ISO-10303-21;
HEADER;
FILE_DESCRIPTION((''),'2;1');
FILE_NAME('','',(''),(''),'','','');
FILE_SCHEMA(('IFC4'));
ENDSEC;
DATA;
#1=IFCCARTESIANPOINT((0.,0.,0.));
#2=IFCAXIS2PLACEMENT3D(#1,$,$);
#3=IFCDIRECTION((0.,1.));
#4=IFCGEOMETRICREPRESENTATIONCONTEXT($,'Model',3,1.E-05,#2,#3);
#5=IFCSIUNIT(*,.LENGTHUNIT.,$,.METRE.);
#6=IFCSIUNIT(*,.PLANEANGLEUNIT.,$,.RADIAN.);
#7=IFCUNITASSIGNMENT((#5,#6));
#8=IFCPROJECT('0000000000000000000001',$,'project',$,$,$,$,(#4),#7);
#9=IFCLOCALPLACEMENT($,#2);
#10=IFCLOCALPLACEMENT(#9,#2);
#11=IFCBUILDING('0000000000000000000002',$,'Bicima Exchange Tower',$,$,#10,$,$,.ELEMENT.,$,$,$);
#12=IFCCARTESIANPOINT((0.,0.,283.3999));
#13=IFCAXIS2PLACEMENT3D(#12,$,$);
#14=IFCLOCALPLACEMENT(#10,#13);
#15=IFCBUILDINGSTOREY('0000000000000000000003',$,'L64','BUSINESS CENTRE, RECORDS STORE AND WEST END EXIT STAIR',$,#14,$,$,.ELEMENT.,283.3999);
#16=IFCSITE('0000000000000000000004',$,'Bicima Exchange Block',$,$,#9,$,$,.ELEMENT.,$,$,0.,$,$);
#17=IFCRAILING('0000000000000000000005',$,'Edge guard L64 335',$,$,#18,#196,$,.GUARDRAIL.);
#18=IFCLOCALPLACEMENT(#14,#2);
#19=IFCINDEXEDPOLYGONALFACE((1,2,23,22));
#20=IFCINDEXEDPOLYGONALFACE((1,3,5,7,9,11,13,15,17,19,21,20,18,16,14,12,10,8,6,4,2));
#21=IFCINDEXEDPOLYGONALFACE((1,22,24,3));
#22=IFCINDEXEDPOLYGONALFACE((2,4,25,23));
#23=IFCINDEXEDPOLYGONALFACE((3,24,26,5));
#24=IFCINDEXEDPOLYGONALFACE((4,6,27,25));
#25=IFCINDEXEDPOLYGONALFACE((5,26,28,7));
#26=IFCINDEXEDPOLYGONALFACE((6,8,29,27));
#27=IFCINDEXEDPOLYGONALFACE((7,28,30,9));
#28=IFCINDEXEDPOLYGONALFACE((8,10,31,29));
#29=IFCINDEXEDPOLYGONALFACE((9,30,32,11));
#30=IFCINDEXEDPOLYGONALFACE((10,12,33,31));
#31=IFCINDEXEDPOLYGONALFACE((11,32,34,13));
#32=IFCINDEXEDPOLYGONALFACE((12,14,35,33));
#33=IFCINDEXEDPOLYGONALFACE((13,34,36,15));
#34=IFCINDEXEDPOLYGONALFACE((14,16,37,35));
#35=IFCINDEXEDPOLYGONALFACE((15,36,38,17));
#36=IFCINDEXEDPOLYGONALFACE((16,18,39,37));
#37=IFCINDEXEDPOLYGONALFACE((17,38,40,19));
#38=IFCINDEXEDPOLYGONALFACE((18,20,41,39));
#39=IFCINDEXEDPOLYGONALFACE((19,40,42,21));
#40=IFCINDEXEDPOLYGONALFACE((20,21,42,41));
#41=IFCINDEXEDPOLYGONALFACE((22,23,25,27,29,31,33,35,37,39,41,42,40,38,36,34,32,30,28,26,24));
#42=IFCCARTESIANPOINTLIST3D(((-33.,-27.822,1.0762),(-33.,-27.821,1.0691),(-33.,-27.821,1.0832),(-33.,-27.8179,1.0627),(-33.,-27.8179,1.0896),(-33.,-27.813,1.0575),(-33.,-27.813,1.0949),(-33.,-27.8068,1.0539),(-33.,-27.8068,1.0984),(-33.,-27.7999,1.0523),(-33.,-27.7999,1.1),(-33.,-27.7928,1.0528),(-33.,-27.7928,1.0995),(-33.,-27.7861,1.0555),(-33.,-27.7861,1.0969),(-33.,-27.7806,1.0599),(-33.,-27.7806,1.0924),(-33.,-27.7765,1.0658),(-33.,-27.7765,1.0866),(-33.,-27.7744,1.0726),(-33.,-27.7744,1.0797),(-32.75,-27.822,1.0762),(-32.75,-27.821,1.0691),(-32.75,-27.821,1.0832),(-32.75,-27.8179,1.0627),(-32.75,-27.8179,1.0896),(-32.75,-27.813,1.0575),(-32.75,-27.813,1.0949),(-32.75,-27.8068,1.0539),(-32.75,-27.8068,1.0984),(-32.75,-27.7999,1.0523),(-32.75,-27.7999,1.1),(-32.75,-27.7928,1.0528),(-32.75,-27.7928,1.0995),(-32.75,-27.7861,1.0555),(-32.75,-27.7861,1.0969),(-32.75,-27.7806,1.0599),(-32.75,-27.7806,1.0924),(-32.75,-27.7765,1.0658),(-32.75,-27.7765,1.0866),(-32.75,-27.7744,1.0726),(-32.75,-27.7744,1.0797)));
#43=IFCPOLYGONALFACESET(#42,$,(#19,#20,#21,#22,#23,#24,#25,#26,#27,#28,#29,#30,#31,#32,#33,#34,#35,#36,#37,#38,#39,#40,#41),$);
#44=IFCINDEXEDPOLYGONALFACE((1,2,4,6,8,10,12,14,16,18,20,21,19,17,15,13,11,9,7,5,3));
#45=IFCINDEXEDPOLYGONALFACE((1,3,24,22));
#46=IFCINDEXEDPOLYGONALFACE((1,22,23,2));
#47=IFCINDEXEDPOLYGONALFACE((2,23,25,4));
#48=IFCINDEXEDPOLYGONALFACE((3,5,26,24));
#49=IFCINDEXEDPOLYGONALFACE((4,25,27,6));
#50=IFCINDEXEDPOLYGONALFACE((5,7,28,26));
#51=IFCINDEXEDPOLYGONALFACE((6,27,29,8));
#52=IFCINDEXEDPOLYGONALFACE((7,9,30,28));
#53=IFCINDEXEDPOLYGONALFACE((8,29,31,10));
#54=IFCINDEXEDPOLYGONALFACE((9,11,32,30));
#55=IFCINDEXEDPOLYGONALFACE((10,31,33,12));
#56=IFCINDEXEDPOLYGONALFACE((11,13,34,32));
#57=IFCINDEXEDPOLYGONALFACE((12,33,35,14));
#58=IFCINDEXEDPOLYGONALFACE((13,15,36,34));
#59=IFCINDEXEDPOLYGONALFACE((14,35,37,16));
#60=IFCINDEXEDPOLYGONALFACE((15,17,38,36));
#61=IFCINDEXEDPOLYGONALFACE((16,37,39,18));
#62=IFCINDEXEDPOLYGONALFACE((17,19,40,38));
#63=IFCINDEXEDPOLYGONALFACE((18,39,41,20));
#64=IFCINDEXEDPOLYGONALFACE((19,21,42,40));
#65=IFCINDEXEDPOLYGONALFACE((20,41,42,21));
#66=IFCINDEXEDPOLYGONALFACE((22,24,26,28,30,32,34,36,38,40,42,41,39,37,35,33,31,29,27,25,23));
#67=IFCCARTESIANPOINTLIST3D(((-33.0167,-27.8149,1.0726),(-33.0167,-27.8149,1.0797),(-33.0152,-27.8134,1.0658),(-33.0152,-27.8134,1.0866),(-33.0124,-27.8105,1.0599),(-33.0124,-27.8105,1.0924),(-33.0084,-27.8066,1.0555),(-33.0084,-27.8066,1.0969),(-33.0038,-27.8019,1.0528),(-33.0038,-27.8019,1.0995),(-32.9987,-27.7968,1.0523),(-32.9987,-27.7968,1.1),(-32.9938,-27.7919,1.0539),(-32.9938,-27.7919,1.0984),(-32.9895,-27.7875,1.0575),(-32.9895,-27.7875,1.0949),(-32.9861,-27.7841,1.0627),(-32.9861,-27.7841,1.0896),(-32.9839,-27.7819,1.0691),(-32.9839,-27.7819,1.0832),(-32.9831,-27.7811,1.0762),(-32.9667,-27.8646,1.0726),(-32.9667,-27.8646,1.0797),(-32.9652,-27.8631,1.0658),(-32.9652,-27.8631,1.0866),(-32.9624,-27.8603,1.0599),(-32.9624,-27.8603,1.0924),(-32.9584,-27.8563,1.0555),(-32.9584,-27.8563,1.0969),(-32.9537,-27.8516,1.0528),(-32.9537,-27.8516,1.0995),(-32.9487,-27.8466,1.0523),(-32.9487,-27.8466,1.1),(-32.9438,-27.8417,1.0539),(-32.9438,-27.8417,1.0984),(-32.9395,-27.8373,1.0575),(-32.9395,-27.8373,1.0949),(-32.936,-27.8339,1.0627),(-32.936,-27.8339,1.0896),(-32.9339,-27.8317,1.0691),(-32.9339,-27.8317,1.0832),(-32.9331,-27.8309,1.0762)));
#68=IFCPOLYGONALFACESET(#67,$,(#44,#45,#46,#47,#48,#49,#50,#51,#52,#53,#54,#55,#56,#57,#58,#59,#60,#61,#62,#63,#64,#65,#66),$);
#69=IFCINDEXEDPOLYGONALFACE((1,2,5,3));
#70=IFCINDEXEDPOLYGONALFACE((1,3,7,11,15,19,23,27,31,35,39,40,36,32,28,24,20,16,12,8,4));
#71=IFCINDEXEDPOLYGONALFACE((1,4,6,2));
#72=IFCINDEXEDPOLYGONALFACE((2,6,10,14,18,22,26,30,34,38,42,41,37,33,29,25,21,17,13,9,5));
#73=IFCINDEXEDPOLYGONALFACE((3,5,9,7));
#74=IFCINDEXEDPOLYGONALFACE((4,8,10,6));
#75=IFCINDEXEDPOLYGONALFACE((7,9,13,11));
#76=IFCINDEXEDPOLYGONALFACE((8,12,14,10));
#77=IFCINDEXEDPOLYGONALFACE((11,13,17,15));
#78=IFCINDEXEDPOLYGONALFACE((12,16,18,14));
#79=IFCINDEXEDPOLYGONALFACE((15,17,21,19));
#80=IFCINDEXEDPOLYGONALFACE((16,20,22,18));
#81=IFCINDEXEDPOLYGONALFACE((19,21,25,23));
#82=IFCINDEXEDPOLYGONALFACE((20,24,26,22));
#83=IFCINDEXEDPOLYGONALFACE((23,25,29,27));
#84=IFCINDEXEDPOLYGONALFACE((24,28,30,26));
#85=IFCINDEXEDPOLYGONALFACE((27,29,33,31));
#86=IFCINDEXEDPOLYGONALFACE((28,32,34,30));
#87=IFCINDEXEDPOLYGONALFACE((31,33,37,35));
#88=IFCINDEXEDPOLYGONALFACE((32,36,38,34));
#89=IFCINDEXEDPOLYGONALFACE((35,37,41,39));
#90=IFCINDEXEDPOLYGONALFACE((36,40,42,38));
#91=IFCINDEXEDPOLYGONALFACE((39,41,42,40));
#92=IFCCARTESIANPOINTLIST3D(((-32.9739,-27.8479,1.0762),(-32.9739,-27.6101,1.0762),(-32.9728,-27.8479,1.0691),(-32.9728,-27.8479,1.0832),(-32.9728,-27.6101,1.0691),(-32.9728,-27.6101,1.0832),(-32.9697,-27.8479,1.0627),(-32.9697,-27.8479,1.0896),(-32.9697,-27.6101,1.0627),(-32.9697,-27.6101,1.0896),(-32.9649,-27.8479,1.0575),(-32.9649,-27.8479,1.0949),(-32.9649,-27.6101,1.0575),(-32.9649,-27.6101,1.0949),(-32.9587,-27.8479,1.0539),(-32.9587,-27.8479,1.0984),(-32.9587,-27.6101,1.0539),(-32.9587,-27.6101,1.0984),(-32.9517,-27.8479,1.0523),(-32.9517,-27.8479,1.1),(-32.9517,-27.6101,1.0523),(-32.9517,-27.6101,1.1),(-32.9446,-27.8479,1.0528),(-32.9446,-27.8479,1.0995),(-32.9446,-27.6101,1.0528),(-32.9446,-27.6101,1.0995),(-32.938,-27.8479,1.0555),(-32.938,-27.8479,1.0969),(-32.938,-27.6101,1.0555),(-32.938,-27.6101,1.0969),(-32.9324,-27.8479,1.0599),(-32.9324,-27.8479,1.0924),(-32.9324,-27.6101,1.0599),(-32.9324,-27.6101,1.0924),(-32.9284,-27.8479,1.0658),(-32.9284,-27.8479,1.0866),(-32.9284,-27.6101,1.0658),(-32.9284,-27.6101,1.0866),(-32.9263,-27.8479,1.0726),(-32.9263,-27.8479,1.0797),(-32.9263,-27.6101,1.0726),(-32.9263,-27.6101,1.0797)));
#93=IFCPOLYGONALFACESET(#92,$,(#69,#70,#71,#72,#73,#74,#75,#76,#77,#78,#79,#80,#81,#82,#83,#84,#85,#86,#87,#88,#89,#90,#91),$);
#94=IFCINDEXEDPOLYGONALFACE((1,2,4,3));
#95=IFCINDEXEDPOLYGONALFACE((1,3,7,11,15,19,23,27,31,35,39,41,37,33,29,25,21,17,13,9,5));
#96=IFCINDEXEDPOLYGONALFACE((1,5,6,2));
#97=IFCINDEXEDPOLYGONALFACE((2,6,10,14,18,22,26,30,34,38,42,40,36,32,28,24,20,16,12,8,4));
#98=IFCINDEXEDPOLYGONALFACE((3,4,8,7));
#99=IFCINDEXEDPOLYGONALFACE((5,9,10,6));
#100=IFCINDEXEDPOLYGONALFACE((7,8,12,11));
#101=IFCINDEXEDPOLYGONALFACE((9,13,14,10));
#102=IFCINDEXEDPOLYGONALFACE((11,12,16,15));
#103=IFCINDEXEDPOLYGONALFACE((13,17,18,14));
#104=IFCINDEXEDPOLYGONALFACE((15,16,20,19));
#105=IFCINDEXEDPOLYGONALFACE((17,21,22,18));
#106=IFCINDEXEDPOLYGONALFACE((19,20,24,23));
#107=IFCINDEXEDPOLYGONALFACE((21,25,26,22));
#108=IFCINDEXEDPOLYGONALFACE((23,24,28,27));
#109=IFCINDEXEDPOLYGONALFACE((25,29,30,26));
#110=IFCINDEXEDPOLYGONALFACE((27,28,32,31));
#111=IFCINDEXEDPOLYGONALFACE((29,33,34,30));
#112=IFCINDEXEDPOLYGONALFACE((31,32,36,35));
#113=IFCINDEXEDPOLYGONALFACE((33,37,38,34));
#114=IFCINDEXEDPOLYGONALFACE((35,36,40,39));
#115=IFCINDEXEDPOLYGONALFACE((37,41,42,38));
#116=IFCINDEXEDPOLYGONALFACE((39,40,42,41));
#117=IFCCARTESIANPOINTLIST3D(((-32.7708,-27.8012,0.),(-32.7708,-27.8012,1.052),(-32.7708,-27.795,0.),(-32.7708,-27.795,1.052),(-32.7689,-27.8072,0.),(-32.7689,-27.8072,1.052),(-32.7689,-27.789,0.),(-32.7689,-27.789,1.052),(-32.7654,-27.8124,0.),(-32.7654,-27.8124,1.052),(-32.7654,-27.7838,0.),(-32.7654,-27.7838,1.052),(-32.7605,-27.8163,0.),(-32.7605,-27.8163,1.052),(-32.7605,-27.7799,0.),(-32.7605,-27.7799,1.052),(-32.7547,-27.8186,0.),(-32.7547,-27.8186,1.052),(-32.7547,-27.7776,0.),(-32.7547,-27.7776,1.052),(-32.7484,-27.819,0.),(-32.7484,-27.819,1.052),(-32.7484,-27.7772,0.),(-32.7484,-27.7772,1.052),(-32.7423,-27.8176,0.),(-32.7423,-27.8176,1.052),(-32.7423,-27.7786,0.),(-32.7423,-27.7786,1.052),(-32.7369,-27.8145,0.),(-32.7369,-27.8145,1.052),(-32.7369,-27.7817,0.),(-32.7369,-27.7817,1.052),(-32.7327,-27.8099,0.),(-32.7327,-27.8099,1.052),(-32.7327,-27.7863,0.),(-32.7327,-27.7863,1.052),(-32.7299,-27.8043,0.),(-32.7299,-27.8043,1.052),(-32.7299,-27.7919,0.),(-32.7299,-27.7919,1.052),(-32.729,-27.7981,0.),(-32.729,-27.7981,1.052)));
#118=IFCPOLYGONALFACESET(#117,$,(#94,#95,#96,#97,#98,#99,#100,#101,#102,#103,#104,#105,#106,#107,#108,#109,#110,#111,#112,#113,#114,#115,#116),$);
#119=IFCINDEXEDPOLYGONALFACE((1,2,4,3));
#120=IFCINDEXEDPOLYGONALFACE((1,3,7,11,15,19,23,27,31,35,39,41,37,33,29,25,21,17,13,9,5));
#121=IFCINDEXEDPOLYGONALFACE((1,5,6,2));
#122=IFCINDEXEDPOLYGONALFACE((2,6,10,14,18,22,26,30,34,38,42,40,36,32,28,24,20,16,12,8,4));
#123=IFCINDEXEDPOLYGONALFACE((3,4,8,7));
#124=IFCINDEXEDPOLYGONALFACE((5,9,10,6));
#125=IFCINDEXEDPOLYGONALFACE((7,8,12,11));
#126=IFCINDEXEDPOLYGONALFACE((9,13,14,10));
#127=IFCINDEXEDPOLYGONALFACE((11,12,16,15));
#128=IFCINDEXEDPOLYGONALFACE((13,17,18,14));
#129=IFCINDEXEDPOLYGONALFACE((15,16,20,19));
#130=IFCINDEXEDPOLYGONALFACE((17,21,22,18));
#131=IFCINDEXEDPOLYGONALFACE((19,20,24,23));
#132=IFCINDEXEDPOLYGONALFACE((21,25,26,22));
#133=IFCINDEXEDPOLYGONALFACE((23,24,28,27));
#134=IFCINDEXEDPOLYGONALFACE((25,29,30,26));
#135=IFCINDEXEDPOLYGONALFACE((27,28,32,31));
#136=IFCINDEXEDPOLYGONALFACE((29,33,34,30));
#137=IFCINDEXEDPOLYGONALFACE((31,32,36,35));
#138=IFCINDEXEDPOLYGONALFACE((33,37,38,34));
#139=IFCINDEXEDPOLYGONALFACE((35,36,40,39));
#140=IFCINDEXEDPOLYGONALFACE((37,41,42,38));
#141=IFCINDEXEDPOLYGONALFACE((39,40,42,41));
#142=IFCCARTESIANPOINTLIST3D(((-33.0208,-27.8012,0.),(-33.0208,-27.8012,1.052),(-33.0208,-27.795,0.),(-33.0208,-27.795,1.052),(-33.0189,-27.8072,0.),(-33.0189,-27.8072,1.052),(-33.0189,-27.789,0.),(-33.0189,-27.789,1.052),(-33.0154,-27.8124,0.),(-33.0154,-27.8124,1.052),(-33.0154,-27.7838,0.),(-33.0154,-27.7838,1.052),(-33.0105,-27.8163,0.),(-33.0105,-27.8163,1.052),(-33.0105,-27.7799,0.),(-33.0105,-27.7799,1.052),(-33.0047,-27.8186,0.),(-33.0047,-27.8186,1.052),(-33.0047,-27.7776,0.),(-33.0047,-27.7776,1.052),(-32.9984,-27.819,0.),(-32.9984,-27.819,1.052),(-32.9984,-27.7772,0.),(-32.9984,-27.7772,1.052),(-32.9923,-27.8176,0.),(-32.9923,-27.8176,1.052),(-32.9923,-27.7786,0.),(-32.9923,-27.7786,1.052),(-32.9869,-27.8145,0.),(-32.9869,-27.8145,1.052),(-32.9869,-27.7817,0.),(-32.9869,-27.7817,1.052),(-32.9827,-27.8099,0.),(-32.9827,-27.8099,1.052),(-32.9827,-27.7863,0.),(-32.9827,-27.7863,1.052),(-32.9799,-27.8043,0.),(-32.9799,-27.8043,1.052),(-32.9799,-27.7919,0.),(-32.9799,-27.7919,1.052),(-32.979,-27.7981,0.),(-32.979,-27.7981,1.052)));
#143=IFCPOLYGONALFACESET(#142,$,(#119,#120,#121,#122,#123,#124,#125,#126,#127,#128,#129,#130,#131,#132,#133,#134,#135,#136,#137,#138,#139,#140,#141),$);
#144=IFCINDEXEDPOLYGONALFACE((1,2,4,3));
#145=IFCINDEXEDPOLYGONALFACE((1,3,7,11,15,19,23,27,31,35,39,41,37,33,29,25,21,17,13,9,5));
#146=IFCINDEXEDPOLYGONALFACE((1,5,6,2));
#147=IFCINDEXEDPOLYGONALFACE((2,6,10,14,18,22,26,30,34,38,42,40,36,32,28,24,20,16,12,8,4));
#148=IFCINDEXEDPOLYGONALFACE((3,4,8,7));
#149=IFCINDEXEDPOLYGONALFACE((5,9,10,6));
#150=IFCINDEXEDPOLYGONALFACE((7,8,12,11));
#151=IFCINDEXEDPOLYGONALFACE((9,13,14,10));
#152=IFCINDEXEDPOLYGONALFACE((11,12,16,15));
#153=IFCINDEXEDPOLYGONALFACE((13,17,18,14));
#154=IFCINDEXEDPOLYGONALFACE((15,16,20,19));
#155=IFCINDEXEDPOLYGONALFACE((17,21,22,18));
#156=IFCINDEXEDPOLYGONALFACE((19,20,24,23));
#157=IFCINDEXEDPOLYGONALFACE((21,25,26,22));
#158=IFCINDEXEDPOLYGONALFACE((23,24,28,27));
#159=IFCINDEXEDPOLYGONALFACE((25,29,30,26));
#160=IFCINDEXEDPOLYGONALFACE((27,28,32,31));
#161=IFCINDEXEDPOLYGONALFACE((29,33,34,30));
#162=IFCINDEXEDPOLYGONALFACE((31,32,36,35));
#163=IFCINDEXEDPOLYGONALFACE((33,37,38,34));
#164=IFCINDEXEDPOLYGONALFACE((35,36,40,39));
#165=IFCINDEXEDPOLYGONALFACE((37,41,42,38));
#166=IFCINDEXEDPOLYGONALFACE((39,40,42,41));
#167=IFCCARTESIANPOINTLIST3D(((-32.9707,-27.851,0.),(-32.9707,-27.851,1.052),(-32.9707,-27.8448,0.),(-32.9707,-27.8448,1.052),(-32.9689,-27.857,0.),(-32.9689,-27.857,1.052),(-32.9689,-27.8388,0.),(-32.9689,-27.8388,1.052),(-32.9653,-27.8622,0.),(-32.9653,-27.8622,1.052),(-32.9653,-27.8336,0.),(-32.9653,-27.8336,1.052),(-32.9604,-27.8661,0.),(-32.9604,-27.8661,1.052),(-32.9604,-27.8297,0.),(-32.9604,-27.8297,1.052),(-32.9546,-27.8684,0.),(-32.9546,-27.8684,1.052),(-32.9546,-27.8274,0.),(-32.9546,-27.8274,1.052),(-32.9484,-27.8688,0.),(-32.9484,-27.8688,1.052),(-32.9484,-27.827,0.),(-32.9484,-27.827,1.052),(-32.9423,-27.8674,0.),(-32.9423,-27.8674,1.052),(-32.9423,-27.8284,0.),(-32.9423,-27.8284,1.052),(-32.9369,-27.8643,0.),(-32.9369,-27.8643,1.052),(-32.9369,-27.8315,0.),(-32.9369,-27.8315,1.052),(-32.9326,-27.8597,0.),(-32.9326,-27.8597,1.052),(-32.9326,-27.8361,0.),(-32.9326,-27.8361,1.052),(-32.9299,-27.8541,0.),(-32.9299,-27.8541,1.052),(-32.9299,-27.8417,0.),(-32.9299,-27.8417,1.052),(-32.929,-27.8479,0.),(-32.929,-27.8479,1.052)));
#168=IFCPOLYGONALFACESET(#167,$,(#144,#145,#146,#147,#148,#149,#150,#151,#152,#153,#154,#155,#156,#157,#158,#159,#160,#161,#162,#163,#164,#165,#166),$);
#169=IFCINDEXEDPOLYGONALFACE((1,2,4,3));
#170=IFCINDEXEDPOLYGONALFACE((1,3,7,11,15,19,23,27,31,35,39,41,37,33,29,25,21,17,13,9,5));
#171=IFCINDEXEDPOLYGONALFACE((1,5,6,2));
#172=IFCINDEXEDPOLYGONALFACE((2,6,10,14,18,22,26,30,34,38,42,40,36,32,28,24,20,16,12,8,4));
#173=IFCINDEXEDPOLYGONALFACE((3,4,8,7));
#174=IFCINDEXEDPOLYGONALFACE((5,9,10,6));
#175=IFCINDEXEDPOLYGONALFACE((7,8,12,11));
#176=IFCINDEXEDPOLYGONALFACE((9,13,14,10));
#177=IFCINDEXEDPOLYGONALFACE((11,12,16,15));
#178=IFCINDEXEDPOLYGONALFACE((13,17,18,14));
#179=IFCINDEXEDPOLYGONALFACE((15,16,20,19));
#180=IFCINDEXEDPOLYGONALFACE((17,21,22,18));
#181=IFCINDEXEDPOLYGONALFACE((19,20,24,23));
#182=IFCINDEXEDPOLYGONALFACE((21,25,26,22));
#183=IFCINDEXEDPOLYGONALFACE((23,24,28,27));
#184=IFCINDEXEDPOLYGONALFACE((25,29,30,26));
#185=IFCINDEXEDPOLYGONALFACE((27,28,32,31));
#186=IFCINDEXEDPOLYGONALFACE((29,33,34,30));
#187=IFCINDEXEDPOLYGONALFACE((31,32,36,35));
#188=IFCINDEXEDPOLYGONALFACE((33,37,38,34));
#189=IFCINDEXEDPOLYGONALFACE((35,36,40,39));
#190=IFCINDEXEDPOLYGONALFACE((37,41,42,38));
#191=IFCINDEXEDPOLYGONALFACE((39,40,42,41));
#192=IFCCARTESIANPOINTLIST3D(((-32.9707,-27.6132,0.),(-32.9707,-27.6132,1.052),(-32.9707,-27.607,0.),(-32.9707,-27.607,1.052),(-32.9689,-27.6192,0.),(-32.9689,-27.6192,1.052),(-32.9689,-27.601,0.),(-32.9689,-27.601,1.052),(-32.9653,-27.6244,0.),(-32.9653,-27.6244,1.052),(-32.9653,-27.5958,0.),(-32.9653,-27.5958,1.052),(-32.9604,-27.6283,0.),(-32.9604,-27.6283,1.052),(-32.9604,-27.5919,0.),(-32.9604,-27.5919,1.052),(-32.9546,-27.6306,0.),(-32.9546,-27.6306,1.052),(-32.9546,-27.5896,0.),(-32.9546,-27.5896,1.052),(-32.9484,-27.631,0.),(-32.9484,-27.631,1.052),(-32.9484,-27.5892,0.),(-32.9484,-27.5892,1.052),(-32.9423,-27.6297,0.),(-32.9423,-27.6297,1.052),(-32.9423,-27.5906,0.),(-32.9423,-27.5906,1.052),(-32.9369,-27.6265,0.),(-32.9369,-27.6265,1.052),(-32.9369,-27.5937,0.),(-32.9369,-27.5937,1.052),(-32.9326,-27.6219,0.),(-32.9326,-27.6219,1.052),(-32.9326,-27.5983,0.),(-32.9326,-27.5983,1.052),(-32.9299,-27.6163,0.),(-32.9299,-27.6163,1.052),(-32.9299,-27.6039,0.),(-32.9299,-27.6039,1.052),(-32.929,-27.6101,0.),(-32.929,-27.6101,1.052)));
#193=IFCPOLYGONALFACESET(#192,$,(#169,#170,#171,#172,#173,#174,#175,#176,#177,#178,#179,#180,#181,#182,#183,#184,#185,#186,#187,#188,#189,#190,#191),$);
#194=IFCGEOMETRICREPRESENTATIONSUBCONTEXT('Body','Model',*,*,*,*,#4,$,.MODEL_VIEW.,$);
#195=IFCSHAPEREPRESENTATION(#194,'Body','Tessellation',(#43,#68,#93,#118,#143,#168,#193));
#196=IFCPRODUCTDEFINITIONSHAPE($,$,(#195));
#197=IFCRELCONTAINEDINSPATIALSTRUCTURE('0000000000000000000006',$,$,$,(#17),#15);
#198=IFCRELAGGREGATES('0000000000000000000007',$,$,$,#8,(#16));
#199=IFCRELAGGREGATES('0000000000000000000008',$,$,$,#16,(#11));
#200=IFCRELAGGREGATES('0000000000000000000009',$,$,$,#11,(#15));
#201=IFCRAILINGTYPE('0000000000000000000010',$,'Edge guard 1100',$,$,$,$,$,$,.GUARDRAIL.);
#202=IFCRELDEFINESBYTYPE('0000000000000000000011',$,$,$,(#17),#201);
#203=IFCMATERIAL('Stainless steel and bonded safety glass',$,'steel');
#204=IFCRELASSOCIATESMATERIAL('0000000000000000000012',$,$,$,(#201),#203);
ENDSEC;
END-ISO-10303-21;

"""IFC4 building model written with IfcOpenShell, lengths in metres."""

from ifc_helpers import new_model, si_unit, direction, frame, origin, origin_2d, place, context, subcontext, project, spatial, circle, extrude, material, type_object, element, save


model = new_model("IFC4")

# Units and contexts
model_context = context("Model", 3, precision=1e-05, world=origin(), true_north=direction((0.0, 1.0)))
body_context = subcontext(model_context, "Body", "Model", "MODEL_VIEW")
ifc_project = project(units=[si_unit("LENGTHUNIT", "METRE"), si_unit("PLANEANGLEUNIT", "RADIAN")], contexts=[model_context])

# Site, building, storey
site_placement = place(None, origin())
site = spatial("IfcSite", under=ifc_project, at=site_placement, Name="Bicima Exchange Block", CompositionType="ELEMENT", RefElevation=0.0)
building_placement = place(site_placement, origin())
building = spatial("IfcBuilding", under=site, at=building_placement, Name="Bicima Exchange Tower", CompositionType="ELEMENT")
storey_placement = place(building_placement, frame((0.0, 0.0, 283.3999)))
storey = spatial("IfcBuildingStorey", under=building, at=storey_placement, Name="L64", Description="BUSINESS CENTRE, RECORDS STORE AND WEST END EXIT STAIR", CompositionType="ELEMENT", Elevation=283.3999)

# Railing
ifc_material_1 = material(Name="Stainless steel and bonded safety glass", Category="steel")
railing_type = type_object("IfcRailingType", Name="Edge guard 1100", PredefinedType="GUARDRAIL", material=ifc_material_1)
railing_1_placement = place(storey_placement, frame((-32.75, -27.7981, 0.0)))
element("IfcRailing", 1, at=railing_1_placement, inside=storey, type_object=railing_type, Name="Edge guard L64 335", PredefinedType="GUARDRAIL", context=body_context, shape_type="SweptSolid", body=[
    extrude(circle(Radius=0.0239, at=origin_2d()), frame((0.0, 0.0, 1.0762), z_axis=(-1.0, 0.0, 0.0), x_axis=(0.0, -1.0, 0.0)), (0.0, 0.0, 1.0), 0.25),
    extrude(circle(Radius=0.0239, at=origin_2d()), frame((-0.25, 0.0, 1.0762), z_axis=(0.708834, -0.705376, 0.0), x_axis=(0.705376, 0.708834, 0.0)), (0.0, 0.0, 1.0), 0.0706),
    extrude(circle(Radius=0.0239, at=origin_2d()), frame((-0.2, -0.0498, 1.0762), z_axis=(0.0, 1.0, 0.0), x_axis=(-1.0, 0.0, 0.0)), (0.0, 0.0, 1.0), 0.2378),
    extrude(circle(Radius=0.021, at=origin_2d()), origin(), (0.0, 0.0, 1.0), 1.052),
    extrude(circle(Radius=0.021, at=origin_2d()), frame((-0.25, 0.0, 0.0)), (0.0, 0.0, 1.0), 1.052),
    extrude(circle(Radius=0.021, at=origin_2d()), frame((-0.2, -0.0498, 0.0)), (0.0, 0.0, 1.0), 1.052),
    extrude(circle(Radius=0.021, at=origin_2d()), frame((-0.2, 0.188, 0.0)), (0.0, 0.0, 1.0), 1.052),
])

save(model, "model.ifc")
